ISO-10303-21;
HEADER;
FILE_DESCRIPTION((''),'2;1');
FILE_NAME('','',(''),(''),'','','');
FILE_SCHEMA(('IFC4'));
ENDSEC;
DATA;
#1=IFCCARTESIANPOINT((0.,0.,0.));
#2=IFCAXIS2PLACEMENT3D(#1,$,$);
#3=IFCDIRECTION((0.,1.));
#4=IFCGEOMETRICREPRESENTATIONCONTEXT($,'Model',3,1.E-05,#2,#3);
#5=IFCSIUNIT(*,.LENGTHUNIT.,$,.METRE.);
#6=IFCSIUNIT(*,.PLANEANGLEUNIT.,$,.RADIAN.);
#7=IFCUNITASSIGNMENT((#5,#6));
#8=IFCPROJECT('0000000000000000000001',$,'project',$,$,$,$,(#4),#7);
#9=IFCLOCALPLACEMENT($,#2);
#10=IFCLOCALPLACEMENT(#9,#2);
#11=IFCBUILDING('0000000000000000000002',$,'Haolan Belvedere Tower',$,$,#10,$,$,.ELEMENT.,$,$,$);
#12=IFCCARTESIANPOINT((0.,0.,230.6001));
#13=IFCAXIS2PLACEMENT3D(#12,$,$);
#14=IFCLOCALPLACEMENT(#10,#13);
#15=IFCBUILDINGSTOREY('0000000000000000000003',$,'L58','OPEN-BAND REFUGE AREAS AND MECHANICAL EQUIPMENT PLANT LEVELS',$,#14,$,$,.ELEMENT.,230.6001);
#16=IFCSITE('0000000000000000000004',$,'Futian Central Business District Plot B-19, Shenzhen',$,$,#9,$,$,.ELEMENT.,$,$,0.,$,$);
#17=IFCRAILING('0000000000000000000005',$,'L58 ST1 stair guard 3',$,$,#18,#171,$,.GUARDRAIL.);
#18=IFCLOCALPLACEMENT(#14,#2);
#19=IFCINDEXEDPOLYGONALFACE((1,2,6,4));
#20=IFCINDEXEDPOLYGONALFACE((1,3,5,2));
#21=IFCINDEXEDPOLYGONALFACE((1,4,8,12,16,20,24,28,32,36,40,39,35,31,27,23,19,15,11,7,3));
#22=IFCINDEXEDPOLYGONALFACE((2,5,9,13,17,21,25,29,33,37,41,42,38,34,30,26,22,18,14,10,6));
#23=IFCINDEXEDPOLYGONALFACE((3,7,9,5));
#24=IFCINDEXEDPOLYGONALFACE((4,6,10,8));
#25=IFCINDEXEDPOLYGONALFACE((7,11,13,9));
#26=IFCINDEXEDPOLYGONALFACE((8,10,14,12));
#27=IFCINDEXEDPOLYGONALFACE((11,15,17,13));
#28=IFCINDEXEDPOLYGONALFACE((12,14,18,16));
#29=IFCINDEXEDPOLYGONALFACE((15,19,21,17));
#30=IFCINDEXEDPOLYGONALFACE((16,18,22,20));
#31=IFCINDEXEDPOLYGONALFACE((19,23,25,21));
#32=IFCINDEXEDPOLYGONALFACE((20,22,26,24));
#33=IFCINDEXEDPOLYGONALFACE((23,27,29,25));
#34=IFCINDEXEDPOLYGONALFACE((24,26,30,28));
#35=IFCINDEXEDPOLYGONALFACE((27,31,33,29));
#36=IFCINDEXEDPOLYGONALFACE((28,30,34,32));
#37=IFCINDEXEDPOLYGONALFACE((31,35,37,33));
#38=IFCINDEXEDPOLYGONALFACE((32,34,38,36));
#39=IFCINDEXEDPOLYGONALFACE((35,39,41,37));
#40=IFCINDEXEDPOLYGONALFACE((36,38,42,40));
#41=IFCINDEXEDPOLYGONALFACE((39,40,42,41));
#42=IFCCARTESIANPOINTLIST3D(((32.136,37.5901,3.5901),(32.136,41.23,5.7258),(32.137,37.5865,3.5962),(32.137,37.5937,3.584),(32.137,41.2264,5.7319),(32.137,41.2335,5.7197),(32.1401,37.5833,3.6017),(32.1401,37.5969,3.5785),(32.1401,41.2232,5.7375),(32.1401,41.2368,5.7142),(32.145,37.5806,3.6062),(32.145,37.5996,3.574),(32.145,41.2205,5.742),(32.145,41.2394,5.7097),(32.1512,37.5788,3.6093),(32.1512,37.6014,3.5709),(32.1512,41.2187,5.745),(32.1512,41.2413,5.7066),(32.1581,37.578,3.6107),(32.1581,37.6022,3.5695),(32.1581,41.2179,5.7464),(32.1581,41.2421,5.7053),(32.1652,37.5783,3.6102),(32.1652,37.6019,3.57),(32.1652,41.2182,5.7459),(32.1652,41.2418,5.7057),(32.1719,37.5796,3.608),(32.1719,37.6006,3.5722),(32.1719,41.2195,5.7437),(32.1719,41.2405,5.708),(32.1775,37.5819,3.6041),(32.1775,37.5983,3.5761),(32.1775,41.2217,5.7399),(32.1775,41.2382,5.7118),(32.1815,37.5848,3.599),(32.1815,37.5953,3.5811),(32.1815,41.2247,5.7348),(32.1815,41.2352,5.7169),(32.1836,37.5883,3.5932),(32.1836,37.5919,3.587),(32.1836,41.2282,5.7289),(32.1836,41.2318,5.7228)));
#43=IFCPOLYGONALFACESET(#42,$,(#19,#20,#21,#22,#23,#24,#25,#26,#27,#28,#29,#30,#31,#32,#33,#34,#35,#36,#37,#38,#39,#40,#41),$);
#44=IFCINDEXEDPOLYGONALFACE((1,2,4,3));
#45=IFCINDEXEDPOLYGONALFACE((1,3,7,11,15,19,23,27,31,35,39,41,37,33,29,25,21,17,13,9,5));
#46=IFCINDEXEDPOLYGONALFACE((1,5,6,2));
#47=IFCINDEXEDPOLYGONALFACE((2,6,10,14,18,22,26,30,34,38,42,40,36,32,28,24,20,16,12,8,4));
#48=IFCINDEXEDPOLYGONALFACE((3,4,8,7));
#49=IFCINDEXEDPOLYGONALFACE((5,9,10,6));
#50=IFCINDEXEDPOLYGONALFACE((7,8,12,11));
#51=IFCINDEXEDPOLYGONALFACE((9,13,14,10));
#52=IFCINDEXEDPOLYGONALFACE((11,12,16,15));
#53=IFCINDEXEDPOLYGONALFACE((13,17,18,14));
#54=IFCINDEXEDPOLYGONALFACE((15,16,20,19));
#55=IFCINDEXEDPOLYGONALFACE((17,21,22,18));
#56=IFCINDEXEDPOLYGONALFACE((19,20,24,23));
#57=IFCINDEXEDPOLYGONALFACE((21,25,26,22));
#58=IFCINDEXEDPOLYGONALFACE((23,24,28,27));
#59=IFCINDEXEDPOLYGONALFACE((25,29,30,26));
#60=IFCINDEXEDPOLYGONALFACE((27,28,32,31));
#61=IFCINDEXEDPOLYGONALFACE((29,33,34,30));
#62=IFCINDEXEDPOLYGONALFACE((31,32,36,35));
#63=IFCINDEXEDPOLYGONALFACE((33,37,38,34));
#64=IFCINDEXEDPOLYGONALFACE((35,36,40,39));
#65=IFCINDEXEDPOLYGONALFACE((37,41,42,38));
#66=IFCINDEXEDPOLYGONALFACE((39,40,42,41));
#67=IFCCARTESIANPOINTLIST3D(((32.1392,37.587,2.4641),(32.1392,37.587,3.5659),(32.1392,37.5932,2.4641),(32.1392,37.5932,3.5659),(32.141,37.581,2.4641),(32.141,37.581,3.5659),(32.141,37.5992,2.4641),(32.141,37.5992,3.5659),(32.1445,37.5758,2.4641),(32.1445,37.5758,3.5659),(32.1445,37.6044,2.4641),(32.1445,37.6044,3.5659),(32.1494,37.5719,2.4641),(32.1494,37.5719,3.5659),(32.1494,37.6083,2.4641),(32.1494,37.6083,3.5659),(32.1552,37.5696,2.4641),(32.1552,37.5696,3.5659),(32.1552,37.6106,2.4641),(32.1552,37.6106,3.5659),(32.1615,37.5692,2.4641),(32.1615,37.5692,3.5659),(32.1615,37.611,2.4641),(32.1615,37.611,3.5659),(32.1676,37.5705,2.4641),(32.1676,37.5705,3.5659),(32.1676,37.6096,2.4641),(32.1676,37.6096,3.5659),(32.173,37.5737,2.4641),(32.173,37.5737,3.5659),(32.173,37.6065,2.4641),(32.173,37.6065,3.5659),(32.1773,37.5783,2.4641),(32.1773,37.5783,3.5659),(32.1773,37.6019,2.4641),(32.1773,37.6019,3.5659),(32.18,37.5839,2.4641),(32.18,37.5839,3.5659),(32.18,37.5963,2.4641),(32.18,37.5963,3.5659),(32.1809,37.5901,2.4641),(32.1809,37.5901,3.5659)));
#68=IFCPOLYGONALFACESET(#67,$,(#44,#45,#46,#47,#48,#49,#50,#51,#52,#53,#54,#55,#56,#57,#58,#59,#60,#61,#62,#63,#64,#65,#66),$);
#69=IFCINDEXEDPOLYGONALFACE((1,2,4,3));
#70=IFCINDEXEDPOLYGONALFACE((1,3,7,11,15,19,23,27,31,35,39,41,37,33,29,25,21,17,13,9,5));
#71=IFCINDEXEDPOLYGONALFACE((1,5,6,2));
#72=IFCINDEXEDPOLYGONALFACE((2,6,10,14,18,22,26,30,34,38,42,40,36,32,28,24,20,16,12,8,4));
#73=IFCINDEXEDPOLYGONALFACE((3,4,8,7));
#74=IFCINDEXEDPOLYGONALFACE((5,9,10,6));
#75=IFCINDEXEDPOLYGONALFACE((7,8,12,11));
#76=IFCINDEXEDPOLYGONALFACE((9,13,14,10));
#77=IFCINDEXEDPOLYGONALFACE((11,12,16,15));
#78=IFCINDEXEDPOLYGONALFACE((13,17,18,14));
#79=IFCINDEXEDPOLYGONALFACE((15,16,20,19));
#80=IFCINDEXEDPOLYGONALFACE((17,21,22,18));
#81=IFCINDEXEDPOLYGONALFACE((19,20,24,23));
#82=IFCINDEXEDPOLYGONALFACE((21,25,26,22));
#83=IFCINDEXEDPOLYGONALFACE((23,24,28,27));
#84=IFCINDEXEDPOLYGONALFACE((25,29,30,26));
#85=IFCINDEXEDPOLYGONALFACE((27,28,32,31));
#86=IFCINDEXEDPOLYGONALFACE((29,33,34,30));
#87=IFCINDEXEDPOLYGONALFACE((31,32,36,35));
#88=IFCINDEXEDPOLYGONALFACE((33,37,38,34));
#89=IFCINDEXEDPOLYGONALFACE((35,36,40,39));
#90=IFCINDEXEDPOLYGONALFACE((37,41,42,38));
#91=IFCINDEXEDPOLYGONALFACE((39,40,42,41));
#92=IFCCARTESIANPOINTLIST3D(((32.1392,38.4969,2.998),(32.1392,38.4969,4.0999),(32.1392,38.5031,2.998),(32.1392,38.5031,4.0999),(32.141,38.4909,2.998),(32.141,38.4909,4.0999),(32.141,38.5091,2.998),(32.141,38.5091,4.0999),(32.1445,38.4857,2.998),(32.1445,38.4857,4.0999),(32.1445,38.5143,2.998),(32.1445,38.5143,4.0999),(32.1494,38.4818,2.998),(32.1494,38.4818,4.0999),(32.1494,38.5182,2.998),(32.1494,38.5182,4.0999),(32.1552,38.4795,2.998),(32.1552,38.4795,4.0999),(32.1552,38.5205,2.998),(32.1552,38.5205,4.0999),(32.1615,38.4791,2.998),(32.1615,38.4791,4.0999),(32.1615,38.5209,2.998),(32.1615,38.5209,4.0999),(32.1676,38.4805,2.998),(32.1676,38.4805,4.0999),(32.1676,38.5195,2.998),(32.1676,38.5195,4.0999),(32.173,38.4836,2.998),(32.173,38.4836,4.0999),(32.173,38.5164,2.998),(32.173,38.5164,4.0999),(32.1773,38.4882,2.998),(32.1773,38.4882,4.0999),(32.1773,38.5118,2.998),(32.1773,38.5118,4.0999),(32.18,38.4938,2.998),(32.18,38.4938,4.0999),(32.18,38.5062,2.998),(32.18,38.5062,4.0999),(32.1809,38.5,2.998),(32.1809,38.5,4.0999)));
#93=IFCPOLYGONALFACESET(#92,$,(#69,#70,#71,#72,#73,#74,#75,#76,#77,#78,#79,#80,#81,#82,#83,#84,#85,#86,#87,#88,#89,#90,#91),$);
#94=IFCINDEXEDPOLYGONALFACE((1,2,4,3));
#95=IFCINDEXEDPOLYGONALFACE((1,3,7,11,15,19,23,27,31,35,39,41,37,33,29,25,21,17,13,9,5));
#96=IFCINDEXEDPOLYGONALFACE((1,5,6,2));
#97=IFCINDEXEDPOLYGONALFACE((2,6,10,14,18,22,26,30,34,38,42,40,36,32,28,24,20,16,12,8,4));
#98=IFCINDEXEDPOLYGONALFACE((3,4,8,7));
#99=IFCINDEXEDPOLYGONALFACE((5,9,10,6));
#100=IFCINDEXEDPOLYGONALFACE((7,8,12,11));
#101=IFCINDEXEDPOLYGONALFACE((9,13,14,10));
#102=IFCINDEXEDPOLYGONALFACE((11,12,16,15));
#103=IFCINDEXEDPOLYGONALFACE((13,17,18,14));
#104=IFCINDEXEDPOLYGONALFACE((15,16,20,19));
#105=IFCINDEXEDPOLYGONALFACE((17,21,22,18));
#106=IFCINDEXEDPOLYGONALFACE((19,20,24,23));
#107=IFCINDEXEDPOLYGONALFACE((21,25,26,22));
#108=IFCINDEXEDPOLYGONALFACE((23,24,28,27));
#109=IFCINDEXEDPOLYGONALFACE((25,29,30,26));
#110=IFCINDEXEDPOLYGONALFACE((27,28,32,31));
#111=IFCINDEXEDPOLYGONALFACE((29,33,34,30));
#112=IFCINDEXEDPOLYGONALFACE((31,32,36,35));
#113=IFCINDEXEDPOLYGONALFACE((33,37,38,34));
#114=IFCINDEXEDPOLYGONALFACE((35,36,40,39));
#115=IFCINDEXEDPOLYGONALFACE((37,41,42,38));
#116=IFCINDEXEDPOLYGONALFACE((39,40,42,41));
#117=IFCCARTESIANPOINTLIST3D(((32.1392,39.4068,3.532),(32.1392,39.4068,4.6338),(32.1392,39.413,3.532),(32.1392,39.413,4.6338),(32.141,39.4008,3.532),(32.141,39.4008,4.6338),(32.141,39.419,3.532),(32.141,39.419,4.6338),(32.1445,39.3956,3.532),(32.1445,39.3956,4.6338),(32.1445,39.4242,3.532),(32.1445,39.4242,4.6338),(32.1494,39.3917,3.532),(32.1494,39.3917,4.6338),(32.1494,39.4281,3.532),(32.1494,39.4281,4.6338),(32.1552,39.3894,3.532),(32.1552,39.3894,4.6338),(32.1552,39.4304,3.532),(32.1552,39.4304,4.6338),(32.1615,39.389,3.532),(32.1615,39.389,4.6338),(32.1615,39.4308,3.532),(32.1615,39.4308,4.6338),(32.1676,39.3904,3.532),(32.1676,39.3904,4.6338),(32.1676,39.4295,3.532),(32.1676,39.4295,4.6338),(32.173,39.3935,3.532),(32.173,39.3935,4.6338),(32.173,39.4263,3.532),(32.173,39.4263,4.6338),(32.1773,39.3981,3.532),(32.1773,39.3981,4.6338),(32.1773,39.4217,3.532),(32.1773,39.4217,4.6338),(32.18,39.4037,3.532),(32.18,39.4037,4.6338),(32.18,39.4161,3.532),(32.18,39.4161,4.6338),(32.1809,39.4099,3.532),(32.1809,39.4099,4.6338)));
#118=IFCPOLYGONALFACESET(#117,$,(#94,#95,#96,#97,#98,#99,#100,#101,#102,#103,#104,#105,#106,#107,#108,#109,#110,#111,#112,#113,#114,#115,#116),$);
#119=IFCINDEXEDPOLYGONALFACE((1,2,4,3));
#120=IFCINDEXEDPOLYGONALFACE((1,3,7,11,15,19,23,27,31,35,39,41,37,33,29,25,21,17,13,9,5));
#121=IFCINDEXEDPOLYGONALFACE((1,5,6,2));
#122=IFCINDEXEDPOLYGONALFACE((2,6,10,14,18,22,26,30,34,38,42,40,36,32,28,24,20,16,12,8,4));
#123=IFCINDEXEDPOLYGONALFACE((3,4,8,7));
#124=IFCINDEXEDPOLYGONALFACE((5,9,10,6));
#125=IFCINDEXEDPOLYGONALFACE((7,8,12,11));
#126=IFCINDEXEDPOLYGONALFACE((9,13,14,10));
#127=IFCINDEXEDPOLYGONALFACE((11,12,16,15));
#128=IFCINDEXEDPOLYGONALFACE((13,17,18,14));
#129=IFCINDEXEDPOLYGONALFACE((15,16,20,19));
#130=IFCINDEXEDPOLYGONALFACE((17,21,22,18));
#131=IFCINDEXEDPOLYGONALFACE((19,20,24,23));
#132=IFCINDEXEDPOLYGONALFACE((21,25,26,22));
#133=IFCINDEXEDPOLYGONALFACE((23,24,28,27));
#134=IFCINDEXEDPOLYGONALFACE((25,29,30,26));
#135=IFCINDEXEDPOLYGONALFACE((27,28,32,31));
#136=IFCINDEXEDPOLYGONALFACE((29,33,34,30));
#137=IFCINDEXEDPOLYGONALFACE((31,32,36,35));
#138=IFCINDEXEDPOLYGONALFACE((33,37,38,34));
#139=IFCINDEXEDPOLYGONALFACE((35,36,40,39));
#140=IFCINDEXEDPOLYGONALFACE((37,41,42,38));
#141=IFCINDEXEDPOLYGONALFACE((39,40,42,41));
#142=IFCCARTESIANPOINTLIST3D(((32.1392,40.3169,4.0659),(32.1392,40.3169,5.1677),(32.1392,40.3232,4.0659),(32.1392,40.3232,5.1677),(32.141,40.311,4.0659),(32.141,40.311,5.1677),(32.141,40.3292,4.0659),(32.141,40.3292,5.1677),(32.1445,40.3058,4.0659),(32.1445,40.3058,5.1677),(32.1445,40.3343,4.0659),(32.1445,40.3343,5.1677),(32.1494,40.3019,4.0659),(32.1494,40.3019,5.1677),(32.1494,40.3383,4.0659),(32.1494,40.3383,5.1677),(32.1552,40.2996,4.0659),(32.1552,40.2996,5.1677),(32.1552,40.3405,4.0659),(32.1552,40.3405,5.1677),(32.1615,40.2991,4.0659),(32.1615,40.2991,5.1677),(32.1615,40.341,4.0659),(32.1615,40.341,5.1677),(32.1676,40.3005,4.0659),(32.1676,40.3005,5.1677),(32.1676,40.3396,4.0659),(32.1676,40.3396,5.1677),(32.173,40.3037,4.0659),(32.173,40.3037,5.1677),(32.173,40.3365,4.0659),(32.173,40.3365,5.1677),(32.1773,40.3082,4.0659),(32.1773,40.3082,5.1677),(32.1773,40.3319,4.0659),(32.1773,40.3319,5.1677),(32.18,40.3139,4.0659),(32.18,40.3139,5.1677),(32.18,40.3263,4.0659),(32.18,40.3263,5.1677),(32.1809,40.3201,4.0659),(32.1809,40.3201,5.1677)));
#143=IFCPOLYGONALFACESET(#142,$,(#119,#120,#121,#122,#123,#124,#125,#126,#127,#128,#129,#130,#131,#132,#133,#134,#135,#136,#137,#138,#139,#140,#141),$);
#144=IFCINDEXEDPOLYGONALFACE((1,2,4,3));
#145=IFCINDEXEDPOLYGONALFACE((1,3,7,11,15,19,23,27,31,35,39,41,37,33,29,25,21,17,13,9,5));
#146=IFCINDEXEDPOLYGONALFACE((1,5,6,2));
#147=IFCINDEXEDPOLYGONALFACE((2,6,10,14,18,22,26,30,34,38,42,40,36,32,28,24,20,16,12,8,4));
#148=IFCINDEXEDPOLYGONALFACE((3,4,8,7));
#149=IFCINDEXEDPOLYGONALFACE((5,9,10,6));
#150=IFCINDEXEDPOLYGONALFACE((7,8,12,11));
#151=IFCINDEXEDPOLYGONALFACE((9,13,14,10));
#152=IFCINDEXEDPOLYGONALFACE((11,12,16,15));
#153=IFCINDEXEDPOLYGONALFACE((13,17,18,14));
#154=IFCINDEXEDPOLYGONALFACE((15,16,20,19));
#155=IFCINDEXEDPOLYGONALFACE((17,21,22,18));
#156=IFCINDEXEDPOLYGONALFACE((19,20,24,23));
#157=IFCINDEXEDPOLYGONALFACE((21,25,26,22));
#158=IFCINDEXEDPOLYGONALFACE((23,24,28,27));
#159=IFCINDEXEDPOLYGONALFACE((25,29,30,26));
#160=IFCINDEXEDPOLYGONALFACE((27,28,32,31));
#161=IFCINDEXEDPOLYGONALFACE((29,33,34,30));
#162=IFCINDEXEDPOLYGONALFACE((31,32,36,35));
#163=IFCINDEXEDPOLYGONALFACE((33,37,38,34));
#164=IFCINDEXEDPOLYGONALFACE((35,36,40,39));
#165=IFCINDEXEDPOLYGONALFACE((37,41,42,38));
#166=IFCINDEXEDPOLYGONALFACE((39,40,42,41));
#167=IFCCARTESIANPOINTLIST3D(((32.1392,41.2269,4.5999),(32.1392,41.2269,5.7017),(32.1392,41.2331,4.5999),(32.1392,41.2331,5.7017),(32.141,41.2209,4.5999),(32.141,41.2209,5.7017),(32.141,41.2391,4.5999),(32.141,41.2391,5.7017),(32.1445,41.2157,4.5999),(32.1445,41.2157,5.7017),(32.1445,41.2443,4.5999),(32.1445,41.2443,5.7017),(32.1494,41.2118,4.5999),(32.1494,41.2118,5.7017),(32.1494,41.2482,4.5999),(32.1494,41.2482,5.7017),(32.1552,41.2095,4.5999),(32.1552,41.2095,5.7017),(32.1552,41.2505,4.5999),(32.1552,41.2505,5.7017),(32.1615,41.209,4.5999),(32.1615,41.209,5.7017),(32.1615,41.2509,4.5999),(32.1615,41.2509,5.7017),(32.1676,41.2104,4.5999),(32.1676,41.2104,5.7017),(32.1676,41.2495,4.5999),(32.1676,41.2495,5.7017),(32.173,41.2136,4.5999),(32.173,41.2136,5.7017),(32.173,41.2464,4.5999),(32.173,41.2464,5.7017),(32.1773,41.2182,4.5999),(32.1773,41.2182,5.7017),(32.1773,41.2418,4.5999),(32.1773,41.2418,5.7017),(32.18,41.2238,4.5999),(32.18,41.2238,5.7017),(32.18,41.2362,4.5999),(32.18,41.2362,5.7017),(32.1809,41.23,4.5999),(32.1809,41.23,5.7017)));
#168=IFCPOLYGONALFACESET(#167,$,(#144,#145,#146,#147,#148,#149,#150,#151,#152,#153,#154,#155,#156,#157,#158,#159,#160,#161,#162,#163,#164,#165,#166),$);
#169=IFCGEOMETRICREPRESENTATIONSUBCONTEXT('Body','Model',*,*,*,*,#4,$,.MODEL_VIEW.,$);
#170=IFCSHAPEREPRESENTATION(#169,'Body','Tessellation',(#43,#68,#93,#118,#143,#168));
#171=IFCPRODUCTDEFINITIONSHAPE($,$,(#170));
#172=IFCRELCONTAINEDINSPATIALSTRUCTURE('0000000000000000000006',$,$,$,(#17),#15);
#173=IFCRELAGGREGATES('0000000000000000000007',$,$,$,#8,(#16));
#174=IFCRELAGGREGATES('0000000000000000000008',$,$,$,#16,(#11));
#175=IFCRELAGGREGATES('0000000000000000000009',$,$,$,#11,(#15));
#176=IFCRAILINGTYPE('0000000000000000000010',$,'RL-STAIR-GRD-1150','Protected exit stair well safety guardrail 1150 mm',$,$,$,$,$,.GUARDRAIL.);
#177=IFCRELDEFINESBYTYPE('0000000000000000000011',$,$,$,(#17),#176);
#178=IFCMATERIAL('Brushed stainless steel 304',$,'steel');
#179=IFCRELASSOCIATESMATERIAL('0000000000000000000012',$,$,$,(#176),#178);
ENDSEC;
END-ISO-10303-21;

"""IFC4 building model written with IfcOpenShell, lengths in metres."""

from ifc_helpers import new_model, si_unit, direction, frame, origin, origin_2d, place, context, subcontext, project, spatial, circle, extrude, material, type_object, element, save


model = new_model("IFC4")

# Units and contexts
model_context = context("Model", 3, precision=1e-05, world=origin(), true_north=direction((0.0, 1.0)))
body_context = subcontext(model_context, "Body", "Model", "MODEL_VIEW")
ifc_project = project(units=[si_unit("LENGTHUNIT", "METRE"), si_unit("PLANEANGLEUNIT", "RADIAN")], contexts=[model_context])

# Site, building, storey
site_placement = place(None, origin())
site = spatial("IfcSite", under=ifc_project, at=site_placement, Name="Futian Central Business District Plot B-19, Shenzhen", CompositionType="ELEMENT", RefElevation=0.0)
building_placement = place(site_placement, origin())
building = spatial("IfcBuilding", under=site, at=building_placement, Name="Haolan Belvedere Tower", CompositionType="ELEMENT")
storey_placement = place(building_placement, frame((0.0, 0.0, 230.6001)))
storey = spatial("IfcBuildingStorey", under=building, at=storey_placement, Name="L58", Description="OPEN-BAND REFUGE AREAS AND MECHANICAL EQUIPMENT PLANT LEVELS", CompositionType="ELEMENT", Elevation=230.6001)

# Railing
ifc_material_1 = material(Name="Brushed stainless steel 304", Category="steel")
railing_type_1 = type_object("IfcRailingType", Name="RL-STAIR-GRD-1150", Description="Protected exit stair well safety guardrail 1150 mm", PredefinedType="GUARDRAIL", material=ifc_material_1)
railing_1_placement = place(storey_placement, frame((32.1599, 37.5901, 2.4641)))
element("IfcRailing", 1, at=railing_1_placement, inside=storey, type_object=railing_type_1, Name="L58 ST1 stair guard 3", PredefinedType="GUARDRAIL", context=body_context, shape_type="SweptSolid", body=[
    extrude(circle(Radius=0.0239, at=origin_2d()), frame((0.0, 0.0, 1.126), z_axis=(0.0, 0.86249, 0.506074), x_axis=(-1.0, 0.0, 0.0)), (0.0, 0.0, 1.0), 4.2202),
    extrude(circle(Radius=0.021, at=origin_2d()), origin(), (0.0, 0.0, 1.0), 1.1018),
    extrude(circle(Radius=0.021, at=origin_2d()), frame((0.0, 0.9099, 0.5339)), (0.0, 0.0, 1.0), 1.1018),
    extrude(circle(Radius=0.021, at=origin_2d()), frame((0.0, 1.8198, 1.0679)), (0.0, 0.0, 1.0), 1.1018),
    extrude(circle(Radius=0.021, at=origin_2d()), frame((0.0, 2.73, 1.6018)), (0.0, 0.0, 1.0), 1.1018),
    extrude(circle(Radius=0.021, at=origin_2d()), frame((0.0, 3.6399, 2.1357)), (0.0, 0.0, 1.0), 1.1018),
])

save(model, "model.ifc")
